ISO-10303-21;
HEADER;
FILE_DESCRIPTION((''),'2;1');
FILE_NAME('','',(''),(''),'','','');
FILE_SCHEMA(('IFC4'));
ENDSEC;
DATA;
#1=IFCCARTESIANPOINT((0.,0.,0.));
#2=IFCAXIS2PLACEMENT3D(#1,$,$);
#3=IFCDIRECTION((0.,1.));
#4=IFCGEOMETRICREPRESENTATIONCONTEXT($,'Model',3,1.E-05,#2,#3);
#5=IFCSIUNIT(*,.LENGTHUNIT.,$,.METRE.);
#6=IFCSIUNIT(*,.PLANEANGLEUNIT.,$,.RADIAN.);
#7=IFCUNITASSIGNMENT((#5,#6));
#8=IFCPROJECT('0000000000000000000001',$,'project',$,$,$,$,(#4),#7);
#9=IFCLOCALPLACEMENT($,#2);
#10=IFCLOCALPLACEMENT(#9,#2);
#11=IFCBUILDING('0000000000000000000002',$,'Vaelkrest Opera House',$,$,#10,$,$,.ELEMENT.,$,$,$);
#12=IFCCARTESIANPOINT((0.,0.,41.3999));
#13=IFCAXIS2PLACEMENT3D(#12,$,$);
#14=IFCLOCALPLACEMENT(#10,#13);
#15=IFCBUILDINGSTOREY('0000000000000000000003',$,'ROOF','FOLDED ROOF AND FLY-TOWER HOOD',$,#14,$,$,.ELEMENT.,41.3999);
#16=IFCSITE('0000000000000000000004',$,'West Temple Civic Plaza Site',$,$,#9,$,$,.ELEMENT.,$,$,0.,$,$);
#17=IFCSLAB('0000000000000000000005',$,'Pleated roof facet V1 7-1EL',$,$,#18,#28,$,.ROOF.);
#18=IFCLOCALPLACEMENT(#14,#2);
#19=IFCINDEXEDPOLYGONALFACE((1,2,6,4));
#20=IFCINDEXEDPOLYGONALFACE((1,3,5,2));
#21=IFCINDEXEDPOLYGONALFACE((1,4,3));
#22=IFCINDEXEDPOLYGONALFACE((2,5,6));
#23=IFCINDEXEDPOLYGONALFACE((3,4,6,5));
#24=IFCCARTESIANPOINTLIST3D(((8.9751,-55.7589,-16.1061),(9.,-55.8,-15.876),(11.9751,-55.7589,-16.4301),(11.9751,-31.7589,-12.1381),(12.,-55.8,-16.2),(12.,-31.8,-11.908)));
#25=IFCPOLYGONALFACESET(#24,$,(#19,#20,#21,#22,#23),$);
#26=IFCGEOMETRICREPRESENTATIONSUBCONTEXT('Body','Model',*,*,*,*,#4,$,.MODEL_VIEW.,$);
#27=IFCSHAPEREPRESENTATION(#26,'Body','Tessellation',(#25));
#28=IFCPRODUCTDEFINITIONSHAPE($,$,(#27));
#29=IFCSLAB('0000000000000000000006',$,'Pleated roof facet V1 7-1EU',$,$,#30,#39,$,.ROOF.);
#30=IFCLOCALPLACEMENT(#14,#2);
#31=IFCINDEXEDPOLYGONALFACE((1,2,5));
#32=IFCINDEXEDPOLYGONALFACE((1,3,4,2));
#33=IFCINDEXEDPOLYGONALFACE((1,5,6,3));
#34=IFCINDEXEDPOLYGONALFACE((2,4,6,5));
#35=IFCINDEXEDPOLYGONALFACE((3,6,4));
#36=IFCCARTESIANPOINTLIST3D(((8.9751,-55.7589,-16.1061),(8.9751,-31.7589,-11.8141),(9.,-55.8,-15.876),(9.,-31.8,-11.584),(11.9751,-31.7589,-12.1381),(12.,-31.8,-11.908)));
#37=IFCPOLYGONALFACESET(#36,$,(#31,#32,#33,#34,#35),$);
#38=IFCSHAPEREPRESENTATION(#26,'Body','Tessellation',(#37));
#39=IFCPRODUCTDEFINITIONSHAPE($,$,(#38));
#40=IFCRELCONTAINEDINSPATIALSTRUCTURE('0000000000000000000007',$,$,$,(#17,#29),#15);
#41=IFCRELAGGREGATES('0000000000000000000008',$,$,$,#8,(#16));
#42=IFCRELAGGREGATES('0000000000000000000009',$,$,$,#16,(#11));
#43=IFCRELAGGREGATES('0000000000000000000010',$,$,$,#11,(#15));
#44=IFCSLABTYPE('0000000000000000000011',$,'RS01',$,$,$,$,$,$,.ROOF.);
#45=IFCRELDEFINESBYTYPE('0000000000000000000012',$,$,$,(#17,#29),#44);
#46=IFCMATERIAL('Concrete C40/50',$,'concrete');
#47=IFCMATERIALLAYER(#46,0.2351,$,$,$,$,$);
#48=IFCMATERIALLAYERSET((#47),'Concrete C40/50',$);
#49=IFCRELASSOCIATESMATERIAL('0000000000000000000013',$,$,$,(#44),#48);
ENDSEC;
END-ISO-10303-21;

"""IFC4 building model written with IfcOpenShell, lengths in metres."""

from ifc_helpers import new_model, si_unit, direction, frame, origin, place, context, subcontext, project, spatial, polyline, outline, extrude, material, layer, layer_set, type_object, element, save


model = new_model("IFC4")

# Units and contexts
model_context = context("Model", 3, precision=1e-05, world=origin(), true_north=direction((0.0, 1.0)))
body_context = subcontext(model_context, "Body", "Model", "MODEL_VIEW")
ifc_project = project(units=[si_unit("LENGTHUNIT", "METRE"), si_unit("PLANEANGLEUNIT", "RADIAN")], contexts=[model_context])

# Site, building, storey
site_placement = place(None, origin())
site = spatial("IfcSite", under=ifc_project, at=site_placement, Name="West Temple Civic Plaza Site", CompositionType="ELEMENT", RefElevation=0.0)
building_placement = place(site_placement, origin())
building = spatial("IfcBuilding", under=site, at=building_placement, Name="Vaelkrest Opera House", CompositionType="ELEMENT")
storey_placement = place(building_placement, frame((0.0, 0.0, 41.3999)))
storey = spatial("IfcBuildingStorey", under=building, at=storey_placement, Name="ROOF", Description="FOLDED ROOF AND FLY-TOWER HOOD", CompositionType="ELEMENT", Elevation=41.3999)

# Slabs
ifc_material_1 = material(Name="Concrete C40/50", Category="concrete")
ifc_layer_1 = layer(ifc_material_1, 0.2351)
ifc_layer_set_1 = layer_set([ifc_layer_1], Name="Concrete C40/50")
slab_type = type_object("IfcSlabType", Name="RS01", PredefinedType="ROOF", material=ifc_layer_set_1)
slab_1_placement = place(storey_placement, frame((9.0, -55.8, -15.876), z_axis=(0.105709, -0.175054, 0.978868), x_axis=(0.994219, 0.0, -0.107367)))
element("IfcSlab", 1, at=slab_1_placement, inside=storey, type_object=slab_type, Name="Pleated roof facet V1 7-1EL", PredefinedType="ROOF", context=body_context, shape_type="SweptSolid", body=[
    extrude(outline(polyline([(0.0, 0.0), (3.0174, 0.0), (2.5566, 24.3764), (0.0, 0.0)])), origin(), (0.0, 0.0, -1.0), 0.2351),
])
slab_2_placement = place(storey_placement, frame((9.0, -55.8, -15.876), z_axis=(0.105709, -0.175054, 0.978868), x_axis=(0.122399, 0.979188, 0.161893)))
element("IfcSlab", 2, at=slab_2_placement, inside=storey, type_object=slab_type, Name="Pleated roof facet V1 7-1EU", PredefinedType="ROOF", context=body_context, shape_type="SweptSolid", body=[
    extrude(outline(polyline([(0.0, 0.0), (24.5101, 0.0), (24.1954, 3.001), (0.0, 0.0)])), origin(), (0.0, 0.0, -1.0), 0.2351),
])

save(model, "model.ifc")
